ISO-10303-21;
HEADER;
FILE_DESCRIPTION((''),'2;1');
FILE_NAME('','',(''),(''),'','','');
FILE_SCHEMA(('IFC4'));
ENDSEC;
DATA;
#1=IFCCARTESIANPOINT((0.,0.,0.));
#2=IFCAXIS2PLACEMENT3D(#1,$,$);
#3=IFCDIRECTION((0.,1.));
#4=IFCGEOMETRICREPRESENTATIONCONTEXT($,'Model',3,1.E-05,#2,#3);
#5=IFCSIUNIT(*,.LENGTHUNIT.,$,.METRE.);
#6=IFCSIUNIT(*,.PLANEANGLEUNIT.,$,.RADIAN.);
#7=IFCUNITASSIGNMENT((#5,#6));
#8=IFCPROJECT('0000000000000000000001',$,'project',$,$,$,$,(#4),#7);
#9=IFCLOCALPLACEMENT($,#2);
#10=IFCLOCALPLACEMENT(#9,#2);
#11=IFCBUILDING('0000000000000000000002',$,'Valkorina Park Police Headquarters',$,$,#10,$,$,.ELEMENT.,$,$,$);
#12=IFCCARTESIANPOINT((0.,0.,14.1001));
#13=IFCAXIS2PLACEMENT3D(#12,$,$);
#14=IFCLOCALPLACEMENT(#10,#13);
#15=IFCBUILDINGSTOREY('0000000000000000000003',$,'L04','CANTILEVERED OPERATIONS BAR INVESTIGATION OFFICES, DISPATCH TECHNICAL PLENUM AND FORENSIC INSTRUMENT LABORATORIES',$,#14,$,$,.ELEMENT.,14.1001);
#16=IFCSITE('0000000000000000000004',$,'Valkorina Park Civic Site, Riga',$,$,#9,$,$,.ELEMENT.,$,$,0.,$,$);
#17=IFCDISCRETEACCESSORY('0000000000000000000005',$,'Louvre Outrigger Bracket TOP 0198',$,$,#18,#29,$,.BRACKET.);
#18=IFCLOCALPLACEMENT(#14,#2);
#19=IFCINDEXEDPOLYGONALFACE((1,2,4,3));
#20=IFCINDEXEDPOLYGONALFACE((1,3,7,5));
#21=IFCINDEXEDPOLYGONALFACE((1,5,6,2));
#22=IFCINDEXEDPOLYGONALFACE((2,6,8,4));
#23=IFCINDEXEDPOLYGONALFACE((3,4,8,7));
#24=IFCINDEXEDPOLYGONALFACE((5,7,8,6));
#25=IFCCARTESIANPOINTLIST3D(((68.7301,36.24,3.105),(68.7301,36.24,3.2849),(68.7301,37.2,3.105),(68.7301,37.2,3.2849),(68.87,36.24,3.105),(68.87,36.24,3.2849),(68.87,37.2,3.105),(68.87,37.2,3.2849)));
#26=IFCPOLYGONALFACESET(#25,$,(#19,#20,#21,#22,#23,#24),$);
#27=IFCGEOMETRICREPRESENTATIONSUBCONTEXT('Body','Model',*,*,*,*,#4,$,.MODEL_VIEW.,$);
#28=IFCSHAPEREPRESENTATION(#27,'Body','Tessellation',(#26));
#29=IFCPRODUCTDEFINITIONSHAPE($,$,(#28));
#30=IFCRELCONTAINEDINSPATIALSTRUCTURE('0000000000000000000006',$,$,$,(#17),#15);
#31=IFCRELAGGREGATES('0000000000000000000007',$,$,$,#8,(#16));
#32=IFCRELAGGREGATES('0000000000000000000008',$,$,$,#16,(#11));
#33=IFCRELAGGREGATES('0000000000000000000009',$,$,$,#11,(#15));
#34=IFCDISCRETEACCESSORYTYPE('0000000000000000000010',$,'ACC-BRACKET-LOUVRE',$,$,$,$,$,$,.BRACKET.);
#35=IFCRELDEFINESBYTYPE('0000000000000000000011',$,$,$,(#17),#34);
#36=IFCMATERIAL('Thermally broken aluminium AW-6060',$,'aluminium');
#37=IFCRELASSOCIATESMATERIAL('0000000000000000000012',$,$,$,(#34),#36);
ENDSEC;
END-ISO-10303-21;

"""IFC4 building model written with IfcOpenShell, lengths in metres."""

from ifc_helpers import new_model, si_unit, direction, frame, origin, origin_2d, place, context, subcontext, project, spatial, rectangle, extrude, material, type_object, element, save


model = new_model("IFC4")

# Units and contexts
model_context = context("Model", 3, precision=1e-05, world=origin(), true_north=direction((0.0, 1.0)))
body_context = subcontext(model_context, "Body", "Model", "MODEL_VIEW")
ifc_project = project(units=[si_unit("LENGTHUNIT", "METRE"), si_unit("PLANEANGLEUNIT", "RADIAN")], contexts=[model_context])

# Site, building, storey
site_placement = place(None, origin())
site = spatial("IfcSite", under=ifc_project, at=site_placement, Name="Valkorina Park Civic Site, Riga", CompositionType="ELEMENT", RefElevation=0.0)
building_placement = place(site_placement, origin())
building = spatial("IfcBuilding", under=site, at=building_placement, Name="Valkorina Park Police Headquarters", CompositionType="ELEMENT")
storey_placement = place(building_placement, frame((0.0, 0.0, 14.1001)))
storey = spatial("IfcBuildingStorey", under=building, at=storey_placement, Name="L04", Description="CANTILEVERED OPERATIONS BAR INVESTIGATION OFFICES, DISPATCH TECHNICAL PLENUM AND FORENSIC INSTRUMENT LABORATORIES", CompositionType="ELEMENT", Elevation=14.1001)

# Shared definitions
ifc_material_1 = material(Name="Thermally broken aluminium AW-6060", Category="aluminium")

# Discrete accessory
discrete_accessory_type = type_object("IfcDiscreteAccessoryType", Name="ACC-BRACKET-LOUVRE", PredefinedType="BRACKET", material=ifc_material_1)
for number, where, z_axis, x_axis, name in (
    (1, (68.8, 36.72, 3.105), (0.0, 0.0, 1.0), (0.0, -1.0, 0.0), "Louvre Outrigger Bracket TOP 0198"),
):
    element("IfcDiscreteAccessory", number, at=place(storey_placement, frame(where, z_axis=z_axis, x_axis=x_axis)), inside=storey, type_object=discrete_accessory_type, Name=name, PredefinedType="BRACKET", context=body_context, shape_type="SweptSolid", body=[
        extrude(rectangle(XDim=0.96, YDim=0.1399, at=origin_2d()), origin(), (0.0, 0.0, 1.0), 0.1799),
    ])

save(model, "model.ifc")
